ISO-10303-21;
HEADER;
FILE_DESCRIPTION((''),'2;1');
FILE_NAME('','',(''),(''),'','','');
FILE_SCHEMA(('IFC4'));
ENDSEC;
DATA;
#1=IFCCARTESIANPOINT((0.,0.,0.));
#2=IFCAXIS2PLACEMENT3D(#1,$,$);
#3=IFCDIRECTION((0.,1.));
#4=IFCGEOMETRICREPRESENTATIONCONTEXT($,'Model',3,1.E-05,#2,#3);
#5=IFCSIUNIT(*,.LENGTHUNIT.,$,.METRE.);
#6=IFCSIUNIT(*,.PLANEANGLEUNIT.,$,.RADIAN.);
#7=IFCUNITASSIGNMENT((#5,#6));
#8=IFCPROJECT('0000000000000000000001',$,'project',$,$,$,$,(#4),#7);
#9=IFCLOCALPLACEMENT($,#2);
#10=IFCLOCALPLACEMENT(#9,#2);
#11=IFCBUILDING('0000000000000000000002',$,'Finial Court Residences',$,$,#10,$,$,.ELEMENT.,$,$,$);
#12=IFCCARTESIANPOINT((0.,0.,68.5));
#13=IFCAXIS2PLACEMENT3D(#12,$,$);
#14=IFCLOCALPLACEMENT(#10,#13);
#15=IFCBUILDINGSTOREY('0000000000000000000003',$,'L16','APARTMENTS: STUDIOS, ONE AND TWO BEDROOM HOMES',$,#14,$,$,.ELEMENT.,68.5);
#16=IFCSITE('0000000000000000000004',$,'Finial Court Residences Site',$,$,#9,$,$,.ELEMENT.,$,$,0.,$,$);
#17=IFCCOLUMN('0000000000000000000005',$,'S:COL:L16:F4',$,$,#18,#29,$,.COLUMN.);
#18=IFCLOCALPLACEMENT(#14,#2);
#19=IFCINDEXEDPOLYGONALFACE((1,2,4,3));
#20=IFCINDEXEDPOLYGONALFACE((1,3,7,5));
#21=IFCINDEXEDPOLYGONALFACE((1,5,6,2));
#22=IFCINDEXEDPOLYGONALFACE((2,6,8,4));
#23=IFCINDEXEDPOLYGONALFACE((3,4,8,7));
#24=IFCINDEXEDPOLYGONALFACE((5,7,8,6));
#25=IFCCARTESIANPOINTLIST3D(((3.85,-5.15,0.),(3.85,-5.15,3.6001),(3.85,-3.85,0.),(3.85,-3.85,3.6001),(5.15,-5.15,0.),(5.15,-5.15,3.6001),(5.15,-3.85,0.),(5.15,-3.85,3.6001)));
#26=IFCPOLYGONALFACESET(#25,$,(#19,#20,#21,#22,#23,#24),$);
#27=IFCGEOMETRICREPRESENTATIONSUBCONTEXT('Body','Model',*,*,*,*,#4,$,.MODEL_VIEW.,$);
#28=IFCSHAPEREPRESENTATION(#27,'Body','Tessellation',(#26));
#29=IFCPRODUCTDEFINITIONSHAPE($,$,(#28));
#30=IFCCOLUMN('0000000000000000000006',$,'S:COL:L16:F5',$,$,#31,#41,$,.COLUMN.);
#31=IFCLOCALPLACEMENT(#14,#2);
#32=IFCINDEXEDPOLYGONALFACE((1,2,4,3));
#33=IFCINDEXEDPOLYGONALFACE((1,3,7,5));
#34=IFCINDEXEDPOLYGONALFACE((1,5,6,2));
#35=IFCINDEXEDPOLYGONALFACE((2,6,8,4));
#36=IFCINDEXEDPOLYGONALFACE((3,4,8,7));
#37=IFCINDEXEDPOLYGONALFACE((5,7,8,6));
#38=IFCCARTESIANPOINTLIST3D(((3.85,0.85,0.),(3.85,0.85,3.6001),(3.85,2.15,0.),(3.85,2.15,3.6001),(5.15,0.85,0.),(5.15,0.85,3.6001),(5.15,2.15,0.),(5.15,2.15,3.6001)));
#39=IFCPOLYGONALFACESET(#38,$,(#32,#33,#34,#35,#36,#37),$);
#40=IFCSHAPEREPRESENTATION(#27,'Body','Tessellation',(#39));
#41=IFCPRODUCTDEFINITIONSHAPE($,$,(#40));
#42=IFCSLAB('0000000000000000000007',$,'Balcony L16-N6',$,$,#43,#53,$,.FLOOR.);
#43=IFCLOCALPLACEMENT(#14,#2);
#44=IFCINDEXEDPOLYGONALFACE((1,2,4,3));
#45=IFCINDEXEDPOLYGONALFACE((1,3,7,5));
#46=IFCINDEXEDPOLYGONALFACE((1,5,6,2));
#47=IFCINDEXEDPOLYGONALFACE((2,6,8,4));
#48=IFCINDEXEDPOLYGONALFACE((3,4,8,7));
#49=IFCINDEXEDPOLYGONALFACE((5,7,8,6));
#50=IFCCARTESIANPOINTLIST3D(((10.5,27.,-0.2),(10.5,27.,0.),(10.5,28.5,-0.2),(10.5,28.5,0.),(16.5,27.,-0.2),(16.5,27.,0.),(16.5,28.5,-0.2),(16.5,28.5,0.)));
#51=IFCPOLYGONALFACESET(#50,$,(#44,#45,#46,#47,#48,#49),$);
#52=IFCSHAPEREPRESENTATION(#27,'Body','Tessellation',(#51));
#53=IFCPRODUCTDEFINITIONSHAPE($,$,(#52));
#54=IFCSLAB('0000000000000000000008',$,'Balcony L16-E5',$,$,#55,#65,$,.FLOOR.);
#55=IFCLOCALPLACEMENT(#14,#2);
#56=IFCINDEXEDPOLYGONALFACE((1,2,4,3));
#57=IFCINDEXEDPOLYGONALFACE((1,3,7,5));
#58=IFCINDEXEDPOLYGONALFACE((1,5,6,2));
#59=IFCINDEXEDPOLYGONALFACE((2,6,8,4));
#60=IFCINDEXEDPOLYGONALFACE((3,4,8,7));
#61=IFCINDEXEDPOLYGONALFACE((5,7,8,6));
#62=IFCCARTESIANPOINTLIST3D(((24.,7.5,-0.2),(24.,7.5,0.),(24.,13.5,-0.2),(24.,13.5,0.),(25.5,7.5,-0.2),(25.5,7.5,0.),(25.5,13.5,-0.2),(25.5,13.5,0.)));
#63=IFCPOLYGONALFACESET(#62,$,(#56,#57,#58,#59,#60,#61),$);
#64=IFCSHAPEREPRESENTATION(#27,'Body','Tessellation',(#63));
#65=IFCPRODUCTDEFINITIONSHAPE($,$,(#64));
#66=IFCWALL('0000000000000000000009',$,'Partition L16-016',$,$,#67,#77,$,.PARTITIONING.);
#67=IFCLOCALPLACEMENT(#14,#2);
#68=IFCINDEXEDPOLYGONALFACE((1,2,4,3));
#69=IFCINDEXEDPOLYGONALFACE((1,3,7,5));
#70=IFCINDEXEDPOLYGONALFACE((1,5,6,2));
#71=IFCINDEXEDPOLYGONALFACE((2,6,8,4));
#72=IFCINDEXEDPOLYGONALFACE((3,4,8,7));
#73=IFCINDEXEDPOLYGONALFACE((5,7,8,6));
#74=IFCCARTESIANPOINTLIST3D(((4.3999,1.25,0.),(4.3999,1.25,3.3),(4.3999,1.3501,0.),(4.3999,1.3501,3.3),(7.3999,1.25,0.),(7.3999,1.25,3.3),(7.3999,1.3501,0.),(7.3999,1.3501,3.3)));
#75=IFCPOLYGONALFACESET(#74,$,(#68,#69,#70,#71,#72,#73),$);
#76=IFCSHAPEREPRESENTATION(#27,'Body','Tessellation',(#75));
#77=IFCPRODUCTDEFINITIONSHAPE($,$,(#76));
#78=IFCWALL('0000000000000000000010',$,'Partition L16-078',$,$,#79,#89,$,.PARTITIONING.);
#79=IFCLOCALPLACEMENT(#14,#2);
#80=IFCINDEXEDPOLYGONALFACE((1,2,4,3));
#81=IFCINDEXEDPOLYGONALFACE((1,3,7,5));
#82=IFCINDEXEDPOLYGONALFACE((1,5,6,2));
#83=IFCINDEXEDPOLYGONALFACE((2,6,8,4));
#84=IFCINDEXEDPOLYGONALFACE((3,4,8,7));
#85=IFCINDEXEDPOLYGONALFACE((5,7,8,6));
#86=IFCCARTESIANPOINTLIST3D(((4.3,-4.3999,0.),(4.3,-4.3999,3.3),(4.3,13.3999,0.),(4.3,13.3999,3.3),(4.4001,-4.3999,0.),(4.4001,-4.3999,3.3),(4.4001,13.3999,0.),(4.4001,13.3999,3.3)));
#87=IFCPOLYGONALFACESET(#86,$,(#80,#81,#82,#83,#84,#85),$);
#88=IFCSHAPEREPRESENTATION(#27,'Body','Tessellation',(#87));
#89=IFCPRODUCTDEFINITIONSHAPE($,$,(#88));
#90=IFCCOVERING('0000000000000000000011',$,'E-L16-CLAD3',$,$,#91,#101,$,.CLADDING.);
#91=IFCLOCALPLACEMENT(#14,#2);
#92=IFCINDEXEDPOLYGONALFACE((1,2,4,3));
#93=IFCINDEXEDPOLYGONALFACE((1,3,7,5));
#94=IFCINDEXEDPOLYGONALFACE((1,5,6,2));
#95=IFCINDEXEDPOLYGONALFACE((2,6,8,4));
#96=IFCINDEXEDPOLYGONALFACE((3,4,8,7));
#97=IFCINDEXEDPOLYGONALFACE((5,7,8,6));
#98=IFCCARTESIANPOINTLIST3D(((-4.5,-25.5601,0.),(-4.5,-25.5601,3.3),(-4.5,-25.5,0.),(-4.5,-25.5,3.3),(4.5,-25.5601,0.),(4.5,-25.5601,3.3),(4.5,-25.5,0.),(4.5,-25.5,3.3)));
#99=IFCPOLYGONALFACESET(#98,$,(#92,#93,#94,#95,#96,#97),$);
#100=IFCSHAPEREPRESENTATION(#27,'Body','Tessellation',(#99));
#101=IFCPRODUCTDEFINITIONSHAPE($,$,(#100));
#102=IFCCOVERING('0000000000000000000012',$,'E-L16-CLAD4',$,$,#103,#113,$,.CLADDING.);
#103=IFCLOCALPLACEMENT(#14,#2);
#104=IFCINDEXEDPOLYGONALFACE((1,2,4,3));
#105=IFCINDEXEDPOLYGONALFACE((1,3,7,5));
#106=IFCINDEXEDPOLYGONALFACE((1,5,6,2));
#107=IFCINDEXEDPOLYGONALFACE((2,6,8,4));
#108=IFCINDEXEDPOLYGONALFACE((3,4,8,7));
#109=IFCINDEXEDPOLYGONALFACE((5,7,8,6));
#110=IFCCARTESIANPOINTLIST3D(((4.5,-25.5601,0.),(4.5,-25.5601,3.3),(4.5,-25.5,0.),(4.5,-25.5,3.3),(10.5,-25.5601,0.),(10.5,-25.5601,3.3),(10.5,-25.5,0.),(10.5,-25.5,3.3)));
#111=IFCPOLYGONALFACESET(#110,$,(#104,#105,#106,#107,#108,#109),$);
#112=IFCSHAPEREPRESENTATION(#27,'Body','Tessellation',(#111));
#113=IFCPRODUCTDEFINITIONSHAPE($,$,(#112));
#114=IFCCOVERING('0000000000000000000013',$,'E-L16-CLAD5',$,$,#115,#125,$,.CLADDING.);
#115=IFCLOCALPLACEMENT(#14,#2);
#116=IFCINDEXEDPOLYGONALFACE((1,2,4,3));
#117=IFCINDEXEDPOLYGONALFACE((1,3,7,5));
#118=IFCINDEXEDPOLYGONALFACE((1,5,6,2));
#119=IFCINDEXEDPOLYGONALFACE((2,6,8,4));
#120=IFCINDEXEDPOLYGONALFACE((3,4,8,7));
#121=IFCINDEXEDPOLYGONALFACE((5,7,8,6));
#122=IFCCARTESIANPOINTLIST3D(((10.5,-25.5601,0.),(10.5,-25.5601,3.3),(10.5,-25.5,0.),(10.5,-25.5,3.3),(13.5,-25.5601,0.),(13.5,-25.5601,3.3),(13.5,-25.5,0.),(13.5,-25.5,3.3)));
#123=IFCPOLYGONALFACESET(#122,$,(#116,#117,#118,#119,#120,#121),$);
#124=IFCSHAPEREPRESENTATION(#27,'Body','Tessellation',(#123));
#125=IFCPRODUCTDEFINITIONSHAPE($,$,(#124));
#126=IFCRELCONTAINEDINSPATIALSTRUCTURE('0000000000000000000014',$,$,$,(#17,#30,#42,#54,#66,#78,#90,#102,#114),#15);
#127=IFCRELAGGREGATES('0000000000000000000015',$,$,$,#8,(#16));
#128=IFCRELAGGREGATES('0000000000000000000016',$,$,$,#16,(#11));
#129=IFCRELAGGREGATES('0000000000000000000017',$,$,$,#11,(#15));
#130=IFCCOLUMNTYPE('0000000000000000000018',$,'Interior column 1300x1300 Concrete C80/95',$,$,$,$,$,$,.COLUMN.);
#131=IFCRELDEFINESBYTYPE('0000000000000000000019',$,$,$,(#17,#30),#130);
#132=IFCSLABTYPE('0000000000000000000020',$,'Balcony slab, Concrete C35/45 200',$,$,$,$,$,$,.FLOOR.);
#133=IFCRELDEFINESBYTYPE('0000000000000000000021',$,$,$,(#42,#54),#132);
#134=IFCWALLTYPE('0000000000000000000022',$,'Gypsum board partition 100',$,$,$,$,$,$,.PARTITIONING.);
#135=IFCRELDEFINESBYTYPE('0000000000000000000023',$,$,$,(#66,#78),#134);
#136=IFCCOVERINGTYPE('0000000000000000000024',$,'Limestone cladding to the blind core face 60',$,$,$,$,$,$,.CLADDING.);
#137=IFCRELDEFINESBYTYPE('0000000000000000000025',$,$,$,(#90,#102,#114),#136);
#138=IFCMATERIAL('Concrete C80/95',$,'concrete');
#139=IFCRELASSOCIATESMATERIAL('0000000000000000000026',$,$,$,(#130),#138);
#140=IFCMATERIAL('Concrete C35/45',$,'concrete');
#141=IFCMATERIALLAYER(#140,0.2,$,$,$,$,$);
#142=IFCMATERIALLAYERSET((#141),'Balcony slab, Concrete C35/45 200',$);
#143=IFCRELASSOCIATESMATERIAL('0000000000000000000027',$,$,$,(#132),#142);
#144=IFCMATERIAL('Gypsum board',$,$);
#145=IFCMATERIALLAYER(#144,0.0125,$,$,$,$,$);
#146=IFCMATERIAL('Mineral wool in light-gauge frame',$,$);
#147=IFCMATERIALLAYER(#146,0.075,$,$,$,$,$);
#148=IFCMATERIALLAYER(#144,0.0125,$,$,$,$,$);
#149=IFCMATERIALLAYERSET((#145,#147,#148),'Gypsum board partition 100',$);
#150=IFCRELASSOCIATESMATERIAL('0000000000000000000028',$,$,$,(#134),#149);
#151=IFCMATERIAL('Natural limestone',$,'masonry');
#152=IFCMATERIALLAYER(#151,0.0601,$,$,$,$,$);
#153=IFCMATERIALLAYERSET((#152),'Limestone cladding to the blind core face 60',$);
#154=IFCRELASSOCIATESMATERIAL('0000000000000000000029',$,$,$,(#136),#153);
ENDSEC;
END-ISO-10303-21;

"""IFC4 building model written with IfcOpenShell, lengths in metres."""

from ifc_helpers import new_model, si_unit, direction, frame, frame_2d, origin, origin_2d, place, context, subcontext, project, spatial, polyline, rectangle, outline, extrude, material, layer, layer_set, material_profile, profile_set, type_object, element, save


model = new_model("IFC4")

# Units and contexts
model_context = context("Model", 3, precision=1e-05, world=origin(), true_north=direction((0.0, 1.0)))
body_context = subcontext(model_context, "Body", "Model", "MODEL_VIEW")
ifc_project = project(units=[si_unit("LENGTHUNIT", "METRE"), si_unit("PLANEANGLEUNIT", "RADIAN")], contexts=[model_context])

# Site, building, storey
site_placement = place(None, origin())
site = spatial("IfcSite", under=ifc_project, at=site_placement, Name="Finial Court Residences Site", CompositionType="ELEMENT", RefElevation=0.0)
building_placement = place(site_placement, origin())
building = spatial("IfcBuilding", under=site, at=building_placement, Name="Finial Court Residences", CompositionType="ELEMENT")
storey_placement = place(building_placement, frame((0.0, 0.0, 68.5)))
storey = spatial("IfcBuildingStorey", under=building, at=storey_placement, Name="L16", Description="APARTMENTS: STUDIOS, ONE AND TWO BEDROOM HOMES", CompositionType="ELEMENT", Elevation=68.5)

# Columns
ifc_material_1 = material(Name="Concrete C80/95", Category="concrete")
ifc_material_profile = material_profile(ifc_material_1, rectangle(XDim=1.3, YDim=1.3, at=origin_2d()), Name="1300x1300")
ifc_profile_set = profile_set([ifc_material_profile], Name="Concrete C80/95")
column_type = type_object("IfcColumnType", Name="Interior column 1300x1300 Concrete C80/95", PredefinedType="COLUMN", material=ifc_profile_set)
for number, where, z_axis, x_axis, name in (
    (1, (4.5, -4.5, 0.0), (0.0, 0.0, 1.0), (1.0, 0.0, 0.0), "S:COL:L16:F4"),
    (2, (4.5, 1.5, 0.0), (0.0, 0.0, 1.0), (1.0, 0.0, 0.0), "S:COL:L16:F5"),
):
    element("IfcColumn", number, at=place(storey_placement, frame(where, z_axis=z_axis, x_axis=x_axis)), inside=storey, type_object=column_type, Name=name, PredefinedType="COLUMN", context=body_context, shape_type="SweptSolid", body=[
        extrude(rectangle(XDim=1.3, YDim=1.3, at=origin_2d()), origin(), (0.0, 0.0, 1.0), 3.6001),
    ])

# Slabs
ifc_material_2 = material(Name="Concrete C35/45", Category="concrete")
ifc_layer_1 = layer(ifc_material_2, 0.2)
ifc_layer_set_1 = layer_set([ifc_layer_1], Name="Balcony slab, Concrete C35/45 200")
slab_type = type_object("IfcSlabType", Name="Balcony slab, Concrete C35/45 200", PredefinedType="FLOOR", material=ifc_layer_set_1)
slab_1_placement = place(storey_placement, frame((0.0, 0.0, -0.2)))
element("IfcSlab", 3, at=slab_1_placement, inside=storey, type_object=slab_type, Name="Balcony L16-N6", PredefinedType="FLOOR", context=body_context, shape_type="SweptSolid", body=[
    extrude(outline(polyline([(16.5, 27.0), (16.5, 28.5), (10.5, 28.5), (10.5, 27.0), (16.5, 27.0)])), origin(), (0.0, 0.0, 1.0), 0.2),
])
slab_2_placement = place(storey_placement, frame((0.0, 0.0, -0.2)))
element("IfcSlab", 4, at=slab_2_placement, inside=storey, type_object=slab_type, Name="Balcony L16-E5", PredefinedType="FLOOR", context=body_context, shape_type="SweptSolid", body=[
    extrude(outline(polyline([(25.5, 7.5), (25.5, 13.5), (24.0, 13.5), (24.0, 7.5), (25.5, 7.5)])), origin(), (0.0, 0.0, 1.0), 0.2),
])

# Walls
ifc_material_3 = material(Name="Gypsum board")
ifc_layer_2 = layer(ifc_material_3, 0.0125)
ifc_material_4 = material(Name="Mineral wool in light-gauge frame")
ifc_layer_3 = layer(ifc_material_4, 0.075)
ifc_layer_4 = layer(ifc_material_3, 0.0125)
ifc_layer_set_2 = layer_set([ifc_layer_2, ifc_layer_3, ifc_layer_4], Name="Gypsum board partition 100")
wall_type = type_object("IfcWallType", Name="Gypsum board partition 100", PredefinedType="PARTITIONING", material=ifc_layer_set_2)
wall_1_placement = place(storey_placement, frame((4.3999, 1.3, 0.0), z_axis=(0.0, 0.0, 1.0), x_axis=(1.0, 0.0, 0.0)))
element("IfcWall", 5, at=wall_1_placement, inside=storey, type_object=wall_type, Name="Partition L16-016", PredefinedType="PARTITIONING", context=body_context, shape_type="SweptSolid", body=[
    extrude(rectangle(XDim=3.0, YDim=0.1001, at=frame_2d((1.5, 0.0))), origin(), (0.0, 0.0, 1.0), 3.3),
])
wall_2_placement = place(storey_placement, frame((4.3501, -4.3999, 0.0), z_axis=(0.0, 0.0, 1.0), x_axis=(0.0, 1.0, 0.0)))
element("IfcWall", 6, at=wall_2_placement, inside=storey, type_object=wall_type, Name="Partition L16-078", PredefinedType="PARTITIONING", context=body_context, shape_type="SweptSolid", body=[
    extrude(rectangle(XDim=17.7998, YDim=0.1001, at=frame_2d((8.8999, 0.0))), origin(), (0.0, 0.0, 1.0), 3.3),
])

# Coverings
ifc_material_5 = material(Name="Natural limestone", Category="masonry")
ifc_layer_5 = layer(ifc_material_5, 0.0601)
ifc_layer_set_3 = layer_set([ifc_layer_5], Name="Limestone cladding to the blind core face 60")
covering_type_1 = type_object("IfcCoveringType", Name="Limestone cladding to the blind core face 60", PredefinedType="CLADDING", material=ifc_layer_set_3)
covering_1_placement = place(storey_placement, origin())
element("IfcCovering", 7, at=covering_1_placement, inside=storey, type_object=covering_type_1, Name="E-L16-CLAD3", PredefinedType="CLADDING", context=body_context, shape_type="SweptSolid", body=[
    extrude(outline(polyline([(4.5, -25.5601), (4.5, -25.5), (-4.5, -25.5), (-4.5, -25.5601), (4.5, -25.5601)])), origin(), (0.0, 0.0, 1.0), 3.3),
])
covering_2_placement = place(storey_placement, origin())
element("IfcCovering", 8, at=covering_2_placement, inside=storey, type_object=covering_type_1, Name="E-L16-CLAD4", PredefinedType="CLADDING", context=body_context, shape_type="SweptSolid", body=[
    extrude(outline(polyline([(10.5, -25.5601), (10.5, -25.5), (4.5, -25.5), (4.5, -25.5601), (10.5, -25.5601)])), origin(), (0.0, 0.0, 1.0), 3.3),
])
covering_3_placement = place(storey_placement, origin())
element("IfcCovering", 9, at=covering_3_placement, inside=storey, type_object=covering_type_1, Name="E-L16-CLAD5", PredefinedType="CLADDING", context=body_context, shape_type="SweptSolid", body=[
    extrude(outline(polyline([(13.5, -25.5601), (13.5, -25.5), (10.5, -25.5), (10.5, -25.5601), (13.5, -25.5601)])), origin(), (0.0, 0.0, 1.0), 3.3),
])

save(model, "model.ifc")
